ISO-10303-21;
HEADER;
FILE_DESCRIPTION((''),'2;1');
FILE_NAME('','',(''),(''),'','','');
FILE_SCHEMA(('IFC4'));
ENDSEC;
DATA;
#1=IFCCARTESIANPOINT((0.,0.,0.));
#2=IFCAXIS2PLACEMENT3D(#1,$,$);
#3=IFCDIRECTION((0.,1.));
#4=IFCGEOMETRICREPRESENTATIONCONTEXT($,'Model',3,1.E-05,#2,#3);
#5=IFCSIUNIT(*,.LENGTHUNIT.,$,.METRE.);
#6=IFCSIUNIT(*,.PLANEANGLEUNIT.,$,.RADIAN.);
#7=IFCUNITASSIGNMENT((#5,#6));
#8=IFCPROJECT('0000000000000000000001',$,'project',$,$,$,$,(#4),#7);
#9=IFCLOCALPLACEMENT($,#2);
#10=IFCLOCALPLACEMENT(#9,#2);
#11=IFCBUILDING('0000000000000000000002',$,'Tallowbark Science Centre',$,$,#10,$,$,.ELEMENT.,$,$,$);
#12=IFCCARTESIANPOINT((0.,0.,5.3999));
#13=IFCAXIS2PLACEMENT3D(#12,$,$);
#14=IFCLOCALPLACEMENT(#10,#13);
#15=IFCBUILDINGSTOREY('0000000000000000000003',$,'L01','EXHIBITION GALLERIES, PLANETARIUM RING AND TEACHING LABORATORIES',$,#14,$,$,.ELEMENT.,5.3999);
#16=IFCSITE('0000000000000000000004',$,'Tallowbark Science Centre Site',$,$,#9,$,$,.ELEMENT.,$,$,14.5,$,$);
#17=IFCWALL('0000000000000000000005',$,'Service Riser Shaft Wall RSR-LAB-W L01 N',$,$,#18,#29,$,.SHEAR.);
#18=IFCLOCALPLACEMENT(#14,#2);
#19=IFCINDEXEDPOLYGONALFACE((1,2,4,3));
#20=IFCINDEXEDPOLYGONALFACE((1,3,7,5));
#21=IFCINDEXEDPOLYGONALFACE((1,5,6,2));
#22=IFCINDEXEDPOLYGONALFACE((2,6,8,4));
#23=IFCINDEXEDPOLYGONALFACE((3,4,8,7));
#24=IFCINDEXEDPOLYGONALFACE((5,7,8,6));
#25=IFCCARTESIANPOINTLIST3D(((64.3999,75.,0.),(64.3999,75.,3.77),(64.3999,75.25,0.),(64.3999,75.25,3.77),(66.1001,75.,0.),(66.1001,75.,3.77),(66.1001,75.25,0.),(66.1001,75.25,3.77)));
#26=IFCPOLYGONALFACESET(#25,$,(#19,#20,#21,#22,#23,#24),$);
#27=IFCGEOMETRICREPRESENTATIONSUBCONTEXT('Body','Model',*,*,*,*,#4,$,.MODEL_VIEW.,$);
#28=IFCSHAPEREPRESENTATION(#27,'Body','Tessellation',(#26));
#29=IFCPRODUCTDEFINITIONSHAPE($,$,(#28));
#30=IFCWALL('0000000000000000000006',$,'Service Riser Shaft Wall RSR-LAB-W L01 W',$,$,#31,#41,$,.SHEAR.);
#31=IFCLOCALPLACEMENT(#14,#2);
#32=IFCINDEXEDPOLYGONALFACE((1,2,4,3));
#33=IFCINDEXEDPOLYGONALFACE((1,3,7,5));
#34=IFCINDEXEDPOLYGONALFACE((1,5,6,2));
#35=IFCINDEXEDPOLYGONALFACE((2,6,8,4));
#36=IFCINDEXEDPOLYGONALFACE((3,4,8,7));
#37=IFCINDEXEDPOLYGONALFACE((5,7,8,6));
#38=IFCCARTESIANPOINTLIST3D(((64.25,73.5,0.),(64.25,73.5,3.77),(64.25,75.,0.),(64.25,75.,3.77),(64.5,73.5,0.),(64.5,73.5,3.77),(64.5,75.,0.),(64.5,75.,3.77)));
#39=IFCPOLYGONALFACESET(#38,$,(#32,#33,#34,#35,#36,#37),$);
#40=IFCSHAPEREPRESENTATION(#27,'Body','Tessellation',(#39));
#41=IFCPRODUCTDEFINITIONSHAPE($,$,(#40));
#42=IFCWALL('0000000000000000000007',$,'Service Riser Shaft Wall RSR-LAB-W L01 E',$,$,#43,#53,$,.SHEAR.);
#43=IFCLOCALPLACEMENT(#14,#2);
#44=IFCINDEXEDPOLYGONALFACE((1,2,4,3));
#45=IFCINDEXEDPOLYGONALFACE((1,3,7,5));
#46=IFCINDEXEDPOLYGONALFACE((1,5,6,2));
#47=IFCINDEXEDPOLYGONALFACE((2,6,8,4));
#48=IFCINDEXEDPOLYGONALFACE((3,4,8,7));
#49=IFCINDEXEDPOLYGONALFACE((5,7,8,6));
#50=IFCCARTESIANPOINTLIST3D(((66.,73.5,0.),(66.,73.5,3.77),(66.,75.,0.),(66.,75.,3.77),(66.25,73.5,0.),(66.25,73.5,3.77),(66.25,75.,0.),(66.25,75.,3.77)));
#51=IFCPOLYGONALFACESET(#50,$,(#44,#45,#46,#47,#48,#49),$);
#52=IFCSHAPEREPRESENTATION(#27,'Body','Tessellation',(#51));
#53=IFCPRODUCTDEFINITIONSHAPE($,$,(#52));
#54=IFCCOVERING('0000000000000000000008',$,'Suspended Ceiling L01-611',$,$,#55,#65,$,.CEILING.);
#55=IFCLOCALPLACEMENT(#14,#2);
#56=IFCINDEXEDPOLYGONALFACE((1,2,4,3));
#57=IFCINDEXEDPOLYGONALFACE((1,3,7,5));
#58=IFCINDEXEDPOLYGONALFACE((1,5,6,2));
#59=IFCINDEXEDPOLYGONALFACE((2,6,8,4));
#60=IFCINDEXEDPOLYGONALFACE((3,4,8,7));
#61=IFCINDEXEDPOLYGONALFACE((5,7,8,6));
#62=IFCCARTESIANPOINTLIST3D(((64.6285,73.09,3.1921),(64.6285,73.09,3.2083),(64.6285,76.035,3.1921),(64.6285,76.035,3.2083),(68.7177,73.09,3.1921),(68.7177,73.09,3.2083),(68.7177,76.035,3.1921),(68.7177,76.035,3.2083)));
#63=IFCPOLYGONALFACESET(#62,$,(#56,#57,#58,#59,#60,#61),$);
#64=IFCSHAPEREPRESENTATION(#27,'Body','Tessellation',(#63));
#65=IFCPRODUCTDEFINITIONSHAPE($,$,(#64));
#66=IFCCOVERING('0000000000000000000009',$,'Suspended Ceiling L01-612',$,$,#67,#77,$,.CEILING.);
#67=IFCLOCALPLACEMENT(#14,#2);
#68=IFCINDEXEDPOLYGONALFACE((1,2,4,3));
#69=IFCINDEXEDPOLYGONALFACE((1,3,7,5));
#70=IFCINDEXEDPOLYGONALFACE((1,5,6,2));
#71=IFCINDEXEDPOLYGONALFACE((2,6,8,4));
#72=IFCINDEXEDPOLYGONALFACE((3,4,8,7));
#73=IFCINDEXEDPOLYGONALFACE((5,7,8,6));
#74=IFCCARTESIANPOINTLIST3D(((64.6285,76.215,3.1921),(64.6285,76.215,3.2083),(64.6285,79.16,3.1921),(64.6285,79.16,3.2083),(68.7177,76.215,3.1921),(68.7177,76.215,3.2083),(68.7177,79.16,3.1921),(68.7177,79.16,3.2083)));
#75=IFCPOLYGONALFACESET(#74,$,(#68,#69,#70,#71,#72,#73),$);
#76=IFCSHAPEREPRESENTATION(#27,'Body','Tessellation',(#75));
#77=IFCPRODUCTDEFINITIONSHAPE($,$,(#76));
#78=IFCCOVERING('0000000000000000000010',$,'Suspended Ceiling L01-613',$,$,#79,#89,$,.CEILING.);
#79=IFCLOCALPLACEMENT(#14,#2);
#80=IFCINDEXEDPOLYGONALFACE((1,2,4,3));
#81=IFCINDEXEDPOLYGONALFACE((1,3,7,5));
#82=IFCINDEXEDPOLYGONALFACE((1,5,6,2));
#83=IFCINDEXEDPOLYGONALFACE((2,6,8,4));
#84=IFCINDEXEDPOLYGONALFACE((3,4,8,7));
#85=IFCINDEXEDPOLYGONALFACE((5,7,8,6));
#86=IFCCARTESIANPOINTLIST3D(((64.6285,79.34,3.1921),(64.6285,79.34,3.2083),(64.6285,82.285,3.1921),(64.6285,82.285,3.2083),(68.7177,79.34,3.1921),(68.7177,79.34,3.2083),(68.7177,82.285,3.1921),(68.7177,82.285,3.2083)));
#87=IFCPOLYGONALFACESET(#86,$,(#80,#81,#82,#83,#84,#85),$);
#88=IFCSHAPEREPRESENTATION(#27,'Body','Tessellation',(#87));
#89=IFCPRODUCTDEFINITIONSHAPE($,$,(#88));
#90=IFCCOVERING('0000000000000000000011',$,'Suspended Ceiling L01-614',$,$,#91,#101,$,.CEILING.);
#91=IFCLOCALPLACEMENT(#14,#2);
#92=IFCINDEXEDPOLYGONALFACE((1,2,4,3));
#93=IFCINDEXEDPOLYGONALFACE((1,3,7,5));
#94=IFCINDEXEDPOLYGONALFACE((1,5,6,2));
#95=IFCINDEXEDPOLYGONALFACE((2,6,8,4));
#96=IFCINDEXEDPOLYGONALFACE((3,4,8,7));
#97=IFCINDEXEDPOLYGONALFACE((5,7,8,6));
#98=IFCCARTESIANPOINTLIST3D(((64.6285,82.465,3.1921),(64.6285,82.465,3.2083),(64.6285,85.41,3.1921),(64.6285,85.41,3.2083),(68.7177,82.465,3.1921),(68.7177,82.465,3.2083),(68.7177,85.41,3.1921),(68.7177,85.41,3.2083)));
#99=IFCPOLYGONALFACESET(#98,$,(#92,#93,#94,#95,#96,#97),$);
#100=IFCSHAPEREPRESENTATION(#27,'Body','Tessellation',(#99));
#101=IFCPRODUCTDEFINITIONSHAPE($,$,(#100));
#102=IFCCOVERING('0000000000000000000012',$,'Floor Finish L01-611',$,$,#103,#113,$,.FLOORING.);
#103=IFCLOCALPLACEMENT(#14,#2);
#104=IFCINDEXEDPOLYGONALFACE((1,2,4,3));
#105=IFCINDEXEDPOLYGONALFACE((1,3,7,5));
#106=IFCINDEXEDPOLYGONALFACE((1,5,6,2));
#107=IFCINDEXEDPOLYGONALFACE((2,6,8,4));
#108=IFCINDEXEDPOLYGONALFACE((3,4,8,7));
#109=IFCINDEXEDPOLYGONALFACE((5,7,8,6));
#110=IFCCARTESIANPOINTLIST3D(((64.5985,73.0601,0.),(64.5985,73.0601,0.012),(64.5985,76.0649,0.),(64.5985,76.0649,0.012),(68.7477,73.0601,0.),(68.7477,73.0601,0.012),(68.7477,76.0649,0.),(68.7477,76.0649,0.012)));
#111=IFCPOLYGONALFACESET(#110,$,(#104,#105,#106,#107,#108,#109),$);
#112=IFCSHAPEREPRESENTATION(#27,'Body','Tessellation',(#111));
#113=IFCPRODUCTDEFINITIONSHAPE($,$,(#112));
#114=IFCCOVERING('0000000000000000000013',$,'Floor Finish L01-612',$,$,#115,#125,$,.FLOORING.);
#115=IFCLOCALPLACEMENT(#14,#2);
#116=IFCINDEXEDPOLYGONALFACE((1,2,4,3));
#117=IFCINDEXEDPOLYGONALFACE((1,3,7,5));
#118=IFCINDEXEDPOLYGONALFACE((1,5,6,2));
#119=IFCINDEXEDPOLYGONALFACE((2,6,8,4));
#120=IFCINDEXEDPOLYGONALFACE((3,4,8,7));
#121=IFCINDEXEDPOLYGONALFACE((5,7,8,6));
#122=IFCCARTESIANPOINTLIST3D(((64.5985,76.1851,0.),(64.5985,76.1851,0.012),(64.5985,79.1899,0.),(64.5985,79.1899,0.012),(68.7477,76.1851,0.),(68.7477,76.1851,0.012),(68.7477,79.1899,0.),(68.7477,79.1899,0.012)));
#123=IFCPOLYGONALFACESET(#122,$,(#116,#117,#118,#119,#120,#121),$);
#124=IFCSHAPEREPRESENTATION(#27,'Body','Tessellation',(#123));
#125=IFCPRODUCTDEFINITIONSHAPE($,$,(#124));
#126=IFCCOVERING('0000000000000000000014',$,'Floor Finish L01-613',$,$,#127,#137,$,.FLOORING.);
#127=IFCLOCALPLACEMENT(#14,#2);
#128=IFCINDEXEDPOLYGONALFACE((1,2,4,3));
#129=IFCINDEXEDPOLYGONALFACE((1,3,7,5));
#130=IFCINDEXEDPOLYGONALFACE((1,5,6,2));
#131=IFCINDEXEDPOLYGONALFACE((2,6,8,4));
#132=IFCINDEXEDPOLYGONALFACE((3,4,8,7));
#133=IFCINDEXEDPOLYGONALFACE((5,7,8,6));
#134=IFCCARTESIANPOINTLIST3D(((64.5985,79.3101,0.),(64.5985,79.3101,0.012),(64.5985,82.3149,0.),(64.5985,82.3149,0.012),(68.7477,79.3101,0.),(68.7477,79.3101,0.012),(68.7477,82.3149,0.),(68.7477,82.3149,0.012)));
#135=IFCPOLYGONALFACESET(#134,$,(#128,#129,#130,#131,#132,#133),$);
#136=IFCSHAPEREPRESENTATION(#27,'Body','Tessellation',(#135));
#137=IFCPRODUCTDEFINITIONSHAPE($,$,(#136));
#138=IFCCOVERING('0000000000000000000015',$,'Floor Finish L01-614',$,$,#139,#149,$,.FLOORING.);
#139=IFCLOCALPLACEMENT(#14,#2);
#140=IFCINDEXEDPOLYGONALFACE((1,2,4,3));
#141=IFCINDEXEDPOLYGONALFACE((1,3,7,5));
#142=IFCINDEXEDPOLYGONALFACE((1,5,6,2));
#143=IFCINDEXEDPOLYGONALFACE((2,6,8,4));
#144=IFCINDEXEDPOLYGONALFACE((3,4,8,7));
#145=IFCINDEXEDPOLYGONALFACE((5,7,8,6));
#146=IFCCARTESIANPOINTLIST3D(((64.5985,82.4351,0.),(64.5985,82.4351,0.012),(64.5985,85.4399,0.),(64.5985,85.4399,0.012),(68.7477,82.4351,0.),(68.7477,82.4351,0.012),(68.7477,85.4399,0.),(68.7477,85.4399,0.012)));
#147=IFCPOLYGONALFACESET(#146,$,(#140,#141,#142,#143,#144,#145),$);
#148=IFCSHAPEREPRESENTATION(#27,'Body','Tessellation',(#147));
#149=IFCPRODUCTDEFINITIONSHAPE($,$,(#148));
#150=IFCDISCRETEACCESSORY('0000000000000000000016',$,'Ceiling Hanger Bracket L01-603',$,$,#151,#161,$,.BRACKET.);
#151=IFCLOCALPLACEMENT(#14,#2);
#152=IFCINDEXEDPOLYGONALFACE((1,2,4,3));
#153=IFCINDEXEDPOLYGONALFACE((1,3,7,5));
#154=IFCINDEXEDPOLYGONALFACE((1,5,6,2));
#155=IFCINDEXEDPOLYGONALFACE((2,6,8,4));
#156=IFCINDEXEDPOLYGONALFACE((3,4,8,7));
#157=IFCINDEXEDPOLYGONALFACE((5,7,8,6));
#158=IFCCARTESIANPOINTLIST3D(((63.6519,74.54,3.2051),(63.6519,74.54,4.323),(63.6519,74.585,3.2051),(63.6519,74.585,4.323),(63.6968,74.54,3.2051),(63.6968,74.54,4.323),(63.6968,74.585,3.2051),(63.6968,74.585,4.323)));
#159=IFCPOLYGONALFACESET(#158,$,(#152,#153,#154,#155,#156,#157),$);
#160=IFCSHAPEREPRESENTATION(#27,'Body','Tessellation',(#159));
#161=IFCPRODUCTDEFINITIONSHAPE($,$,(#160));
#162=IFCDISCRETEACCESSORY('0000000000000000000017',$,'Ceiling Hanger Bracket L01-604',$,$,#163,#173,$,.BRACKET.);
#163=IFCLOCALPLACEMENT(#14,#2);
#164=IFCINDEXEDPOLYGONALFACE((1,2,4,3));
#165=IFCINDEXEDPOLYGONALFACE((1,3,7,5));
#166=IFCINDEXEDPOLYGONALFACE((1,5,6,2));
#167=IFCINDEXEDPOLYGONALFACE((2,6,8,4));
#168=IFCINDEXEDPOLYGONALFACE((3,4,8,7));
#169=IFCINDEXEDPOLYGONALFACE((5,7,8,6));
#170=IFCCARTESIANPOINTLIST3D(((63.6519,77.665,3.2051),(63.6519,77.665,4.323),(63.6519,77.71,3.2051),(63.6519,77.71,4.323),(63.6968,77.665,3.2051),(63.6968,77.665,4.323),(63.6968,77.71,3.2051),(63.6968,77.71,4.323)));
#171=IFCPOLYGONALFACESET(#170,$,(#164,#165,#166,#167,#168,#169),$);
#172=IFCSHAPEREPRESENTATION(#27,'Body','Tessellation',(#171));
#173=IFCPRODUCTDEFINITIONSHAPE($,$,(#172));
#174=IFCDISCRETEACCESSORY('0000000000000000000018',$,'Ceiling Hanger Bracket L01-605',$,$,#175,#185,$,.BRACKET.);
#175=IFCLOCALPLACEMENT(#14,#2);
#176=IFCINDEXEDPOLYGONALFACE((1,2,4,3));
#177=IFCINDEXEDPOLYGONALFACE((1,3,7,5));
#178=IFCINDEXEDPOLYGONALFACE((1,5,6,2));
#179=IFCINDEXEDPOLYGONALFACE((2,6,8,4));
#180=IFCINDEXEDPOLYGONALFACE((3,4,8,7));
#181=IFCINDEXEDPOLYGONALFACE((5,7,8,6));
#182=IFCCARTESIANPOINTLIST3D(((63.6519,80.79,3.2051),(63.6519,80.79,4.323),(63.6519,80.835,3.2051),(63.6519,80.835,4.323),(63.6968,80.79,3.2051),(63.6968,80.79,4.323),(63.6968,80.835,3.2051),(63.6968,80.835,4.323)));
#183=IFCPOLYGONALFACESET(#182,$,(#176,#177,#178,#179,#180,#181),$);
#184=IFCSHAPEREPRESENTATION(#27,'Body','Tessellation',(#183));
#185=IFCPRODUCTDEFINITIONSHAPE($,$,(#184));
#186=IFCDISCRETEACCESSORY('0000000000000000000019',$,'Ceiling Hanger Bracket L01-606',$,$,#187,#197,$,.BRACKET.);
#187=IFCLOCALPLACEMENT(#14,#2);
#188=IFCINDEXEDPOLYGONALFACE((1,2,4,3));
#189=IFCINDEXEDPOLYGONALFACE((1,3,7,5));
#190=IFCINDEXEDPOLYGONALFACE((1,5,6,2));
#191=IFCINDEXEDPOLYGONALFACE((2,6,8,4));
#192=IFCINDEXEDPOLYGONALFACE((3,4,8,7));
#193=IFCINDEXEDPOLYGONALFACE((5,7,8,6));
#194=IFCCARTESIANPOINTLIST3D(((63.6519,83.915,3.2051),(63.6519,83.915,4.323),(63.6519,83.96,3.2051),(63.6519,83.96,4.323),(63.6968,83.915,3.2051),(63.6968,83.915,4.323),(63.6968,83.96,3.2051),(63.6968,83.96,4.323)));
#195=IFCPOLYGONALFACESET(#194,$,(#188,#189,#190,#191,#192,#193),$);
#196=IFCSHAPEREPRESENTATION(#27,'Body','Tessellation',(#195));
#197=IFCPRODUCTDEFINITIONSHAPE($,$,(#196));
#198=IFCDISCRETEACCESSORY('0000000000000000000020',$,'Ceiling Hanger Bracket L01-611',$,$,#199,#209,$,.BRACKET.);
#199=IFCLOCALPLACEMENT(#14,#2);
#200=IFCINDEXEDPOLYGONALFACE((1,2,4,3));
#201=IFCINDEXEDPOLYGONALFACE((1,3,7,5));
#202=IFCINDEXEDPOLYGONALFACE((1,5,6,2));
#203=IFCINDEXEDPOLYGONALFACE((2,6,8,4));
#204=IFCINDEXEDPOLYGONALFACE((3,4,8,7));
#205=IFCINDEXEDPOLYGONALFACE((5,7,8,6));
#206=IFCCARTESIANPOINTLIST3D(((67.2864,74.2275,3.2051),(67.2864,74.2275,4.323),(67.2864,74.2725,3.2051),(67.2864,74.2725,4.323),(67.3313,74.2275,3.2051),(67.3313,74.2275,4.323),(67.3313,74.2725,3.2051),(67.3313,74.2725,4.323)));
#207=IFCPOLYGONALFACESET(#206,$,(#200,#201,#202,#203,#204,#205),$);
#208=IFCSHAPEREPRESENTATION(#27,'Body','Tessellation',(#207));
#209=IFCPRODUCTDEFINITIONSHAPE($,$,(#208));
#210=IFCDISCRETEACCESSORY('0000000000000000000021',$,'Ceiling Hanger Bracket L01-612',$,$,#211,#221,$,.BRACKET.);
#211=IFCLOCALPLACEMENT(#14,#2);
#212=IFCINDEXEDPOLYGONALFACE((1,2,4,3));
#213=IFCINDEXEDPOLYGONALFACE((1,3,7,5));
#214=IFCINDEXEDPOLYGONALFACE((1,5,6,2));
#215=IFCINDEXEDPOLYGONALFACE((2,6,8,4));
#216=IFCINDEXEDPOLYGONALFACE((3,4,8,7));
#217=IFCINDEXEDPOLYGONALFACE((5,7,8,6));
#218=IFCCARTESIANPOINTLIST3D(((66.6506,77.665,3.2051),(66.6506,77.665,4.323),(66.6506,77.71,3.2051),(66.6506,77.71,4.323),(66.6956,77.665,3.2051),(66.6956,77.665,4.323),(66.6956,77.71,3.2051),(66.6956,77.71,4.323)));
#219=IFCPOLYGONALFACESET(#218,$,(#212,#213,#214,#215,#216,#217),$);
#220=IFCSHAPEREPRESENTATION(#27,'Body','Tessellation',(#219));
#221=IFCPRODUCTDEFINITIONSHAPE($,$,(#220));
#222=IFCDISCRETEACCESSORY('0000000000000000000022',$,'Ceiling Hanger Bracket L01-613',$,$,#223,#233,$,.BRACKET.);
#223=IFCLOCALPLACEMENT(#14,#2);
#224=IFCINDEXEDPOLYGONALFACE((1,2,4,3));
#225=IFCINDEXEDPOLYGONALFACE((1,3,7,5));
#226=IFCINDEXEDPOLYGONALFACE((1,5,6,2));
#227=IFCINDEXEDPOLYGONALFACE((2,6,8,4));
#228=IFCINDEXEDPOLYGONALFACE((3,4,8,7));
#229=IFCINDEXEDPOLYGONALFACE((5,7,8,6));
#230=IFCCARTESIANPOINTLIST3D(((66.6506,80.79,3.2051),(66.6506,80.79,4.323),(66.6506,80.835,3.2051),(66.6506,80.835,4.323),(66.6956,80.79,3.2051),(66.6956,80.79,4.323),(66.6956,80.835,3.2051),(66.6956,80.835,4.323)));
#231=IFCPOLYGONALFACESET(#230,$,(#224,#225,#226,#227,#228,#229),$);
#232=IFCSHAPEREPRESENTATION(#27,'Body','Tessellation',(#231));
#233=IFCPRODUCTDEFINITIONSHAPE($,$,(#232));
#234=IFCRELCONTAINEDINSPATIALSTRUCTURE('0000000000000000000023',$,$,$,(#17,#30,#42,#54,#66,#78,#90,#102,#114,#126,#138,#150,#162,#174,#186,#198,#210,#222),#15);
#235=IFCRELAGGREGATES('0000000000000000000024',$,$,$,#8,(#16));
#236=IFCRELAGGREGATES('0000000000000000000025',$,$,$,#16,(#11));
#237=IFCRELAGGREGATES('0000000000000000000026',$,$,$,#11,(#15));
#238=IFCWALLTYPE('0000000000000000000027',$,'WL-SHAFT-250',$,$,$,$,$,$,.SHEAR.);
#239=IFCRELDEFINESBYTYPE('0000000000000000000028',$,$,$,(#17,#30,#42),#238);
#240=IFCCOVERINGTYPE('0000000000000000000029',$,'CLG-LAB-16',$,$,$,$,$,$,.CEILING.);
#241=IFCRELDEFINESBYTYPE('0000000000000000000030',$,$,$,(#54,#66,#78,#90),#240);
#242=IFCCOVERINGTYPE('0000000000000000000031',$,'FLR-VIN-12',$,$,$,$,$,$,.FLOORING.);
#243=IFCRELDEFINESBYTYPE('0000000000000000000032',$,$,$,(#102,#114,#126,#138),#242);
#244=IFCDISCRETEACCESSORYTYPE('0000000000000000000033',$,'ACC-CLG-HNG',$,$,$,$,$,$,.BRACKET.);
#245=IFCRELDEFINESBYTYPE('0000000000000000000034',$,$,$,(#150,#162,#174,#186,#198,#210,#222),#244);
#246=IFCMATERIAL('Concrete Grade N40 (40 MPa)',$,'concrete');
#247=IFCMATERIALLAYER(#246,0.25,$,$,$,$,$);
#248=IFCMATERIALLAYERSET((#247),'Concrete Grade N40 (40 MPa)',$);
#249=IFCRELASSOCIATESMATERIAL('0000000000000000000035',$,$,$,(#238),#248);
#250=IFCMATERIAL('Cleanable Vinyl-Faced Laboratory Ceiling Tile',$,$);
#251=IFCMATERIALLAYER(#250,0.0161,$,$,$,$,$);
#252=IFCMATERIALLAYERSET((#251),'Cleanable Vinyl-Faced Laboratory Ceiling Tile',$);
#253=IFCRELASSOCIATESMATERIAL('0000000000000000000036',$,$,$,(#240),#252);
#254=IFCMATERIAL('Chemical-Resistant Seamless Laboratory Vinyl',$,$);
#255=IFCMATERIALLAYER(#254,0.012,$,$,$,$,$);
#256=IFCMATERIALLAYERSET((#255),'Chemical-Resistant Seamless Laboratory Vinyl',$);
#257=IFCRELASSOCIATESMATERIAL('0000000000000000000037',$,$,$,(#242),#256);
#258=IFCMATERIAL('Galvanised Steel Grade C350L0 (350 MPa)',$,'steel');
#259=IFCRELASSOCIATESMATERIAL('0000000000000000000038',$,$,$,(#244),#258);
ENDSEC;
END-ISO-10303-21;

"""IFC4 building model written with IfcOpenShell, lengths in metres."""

from ifc_helpers import new_model, si_unit, direction, frame, frame_2d, origin, origin_2d, place, context, subcontext, project, spatial, rectangle, extrude, material, layer, layer_set, type_object, element, save


model = new_model("IFC4")

# Units and contexts
model_context = context("Model", 3, precision=1e-05, world=origin(), true_north=direction((0.0, 1.0)))
body_context = subcontext(model_context, "Body", "Model", "MODEL_VIEW")
ifc_project = project(units=[si_unit("LENGTHUNIT", "METRE"), si_unit("PLANEANGLEUNIT", "RADIAN")], contexts=[model_context])

# Site, building, storey
site_placement = place(None, origin())
site = spatial("IfcSite", under=ifc_project, at=site_placement, Name="Tallowbark Science Centre Site", CompositionType="ELEMENT", RefElevation=14.5)
building_placement = place(site_placement, origin())
building = spatial("IfcBuilding", under=site, at=building_placement, Name="Tallowbark Science Centre", CompositionType="ELEMENT")
storey_placement = place(building_placement, frame((0.0, 0.0, 5.3999)))
storey = spatial("IfcBuildingStorey", under=building, at=storey_placement, Name="L01", Description="EXHIBITION GALLERIES, PLANETARIUM RING AND TEACHING LABORATORIES", CompositionType="ELEMENT", Elevation=5.3999)

# Walls
ifc_material_1 = material(Name="Concrete Grade N40 (40 MPa)", Category="concrete")
ifc_layer_1 = layer(ifc_material_1, 0.25)
ifc_layer_set_1 = layer_set([ifc_layer_1], Name="Concrete Grade N40 (40 MPa)")
wall_type = type_object("IfcWallType", Name="WL-SHAFT-250", PredefinedType="SHEAR", material=ifc_layer_set_1)
for number, where, z_axis, x_axis, name in (
    (1, (64.3999, 75.125, 0.0), (0.0, 0.0, 1.0), (1.0, 0.0, 0.0), "Service Riser Shaft Wall RSR-LAB-W L01 N"),
):
    element("IfcWall", number, at=place(storey_placement, frame(where, z_axis=z_axis, x_axis=x_axis)), inside=storey, type_object=wall_type, Name=name, PredefinedType="SHEAR", context=body_context, shape_type="SweptSolid", body=[
        extrude(rectangle(XDim=1.7002, YDim=0.25, at=frame_2d((0.8501, 0.0))), origin(), (0.0, 0.0, 1.0), 3.77),
    ])
for number, where, z_axis, x_axis, name in (
    (2, (64.375, 73.5, 0.0), (0.0, 0.0, 1.0), (0.0, 1.0, 0.0), "Service Riser Shaft Wall RSR-LAB-W L01 W"),
    (3, (66.125, 73.5, 0.0), (0.0, 0.0, 1.0), (0.0, 1.0, 0.0), "Service Riser Shaft Wall RSR-LAB-W L01 E"),
):
    element("IfcWall", number, at=place(storey_placement, frame(where, z_axis=z_axis, x_axis=x_axis)), inside=storey, type_object=wall_type, Name=name, PredefinedType="SHEAR", context=body_context, shape_type="SweptSolid", body=[
        extrude(rectangle(XDim=1.5, YDim=0.25, at=frame_2d((0.75, 0.0))), origin(), (0.0, 0.0, 1.0), 3.77),
    ])

# Coverings
ifc_material_2 = material(Name="Cleanable Vinyl-Faced Laboratory Ceiling Tile")
ifc_layer_2 = layer(ifc_material_2, 0.0161)
ifc_layer_set_2 = layer_set([ifc_layer_2], Name="Cleanable Vinyl-Faced Laboratory Ceiling Tile")
covering_type_1 = type_object("IfcCoveringType", Name="CLG-LAB-16", PredefinedType="CEILING", material=ifc_layer_set_2)
for number, where, z_axis, x_axis, name in (
    (4, (66.6731, 74.5625, 3.1921), (0.0, 0.0, 1.0), (1.0, 0.0, 0.0), "Suspended Ceiling L01-611"),
    (5, (66.6731, 77.6875, 3.1921), (0.0, 0.0, 1.0), (1.0, 0.0, 0.0), "Suspended Ceiling L01-612"),
    (6, (66.6731, 80.8125, 3.1921), (0.0, 0.0, 1.0), (1.0, 0.0, 0.0), "Suspended Ceiling L01-613"),
    (7, (66.6731, 83.9375, 3.1921), (0.0, 0.0, 1.0), (1.0, 0.0, 0.0), "Suspended Ceiling L01-614"),
):
    element("IfcCovering", number, at=place(storey_placement, frame(where, z_axis=z_axis, x_axis=x_axis)), inside=storey, type_object=covering_type_1, Name=name, PredefinedType="CEILING", context=body_context, shape_type="SweptSolid", body=[
        extrude(rectangle(XDim=4.0891, YDim=2.9451, at=origin_2d()), origin(), (0.0, 0.0, 1.0), 0.0161),
    ])
ifc_material_3 = material(Name="Chemical-Resistant Seamless Laboratory Vinyl")
ifc_layer_3 = layer(ifc_material_3, 0.012)
ifc_layer_set_3 = layer_set([ifc_layer_3], Name="Chemical-Resistant Seamless Laboratory Vinyl")
covering_type_2 = type_object("IfcCoveringType", Name="FLR-VIN-12", PredefinedType="FLOORING", material=ifc_layer_set_3)
for number, where, z_axis, x_axis, name in (
    (8, (66.6731, 74.5625, 0.0), (0.0, 0.0, 1.0), (1.0, 0.0, 0.0), "Floor Finish L01-611"),
    (9, (66.6731, 77.6875, 0.0), (0.0, 0.0, 1.0), (1.0, 0.0, 0.0), "Floor Finish L01-612"),
    (10, (66.6731, 80.8125, 0.0), (0.0, 0.0, 1.0), (1.0, 0.0, 0.0), "Floor Finish L01-613"),
    (11, (66.6731, 83.9375, 0.0), (0.0, 0.0, 1.0), (1.0, 0.0, 0.0), "Floor Finish L01-614"),
):
    element("IfcCovering", number, at=place(storey_placement, frame(where, z_axis=z_axis, x_axis=x_axis)), inside=storey, type_object=covering_type_2, Name=name, PredefinedType="FLOORING", context=body_context, shape_type="SweptSolid", body=[
        extrude(rectangle(XDim=4.1492, YDim=3.0049, at=origin_2d()), origin(), (0.0, 0.0, 1.0), 0.012),
    ])

# Discrete accessories
ifc_material_4 = material(Name="Galvanised Steel Grade C350L0 (350 MPa)", Category="steel")
discrete_accessory_type = type_object("IfcDiscreteAccessoryType", Name="ACC-CLG-HNG", PredefinedType="BRACKET", material=ifc_material_4)
for number, where, z_axis, x_axis, name in (
    (12, (63.6743, 74.5625, 3.2051), (0.0, 0.0, 1.0), (1.0, 0.0, 0.0), "Ceiling Hanger Bracket L01-603"),
    (13, (63.6743, 77.6875, 3.2051), (0.0, 0.0, 1.0), (1.0, 0.0, 0.0), "Ceiling Hanger Bracket L01-604"),
    (14, (63.6743, 80.8125, 3.2051), (0.0, 0.0, 1.0), (1.0, 0.0, 0.0), "Ceiling Hanger Bracket L01-605"),
    (15, (63.6743, 83.9375, 3.2051), (0.0, 0.0, 1.0), (1.0, 0.0, 0.0), "Ceiling Hanger Bracket L01-606"),
    (16, (67.3088, 74.25, 3.2051), (0.0, 0.0, 1.0), (1.0, 0.0, 0.0), "Ceiling Hanger Bracket L01-611"),
    (17, (66.6731, 77.6875, 3.2051), (0.0, 0.0, 1.0), (1.0, 0.0, 0.0), "Ceiling Hanger Bracket L01-612"),
    (18, (66.6731, 80.8125, 3.2051), (0.0, 0.0, 1.0), (1.0, 0.0, 0.0), "Ceiling Hanger Bracket L01-613"),
):
    element("IfcDiscreteAccessory", number, at=place(storey_placement, frame(where, z_axis=z_axis, x_axis=x_axis)), inside=storey, type_object=discrete_accessory_type, Name=name, PredefinedType="BRACKET", context=body_context, shape_type="SweptSolid", body=[
        extrude(rectangle(XDim=0.0449, YDim=0.0449, at=origin_2d()), origin(), (0.0, 0.0, 1.0), 1.1179),
    ])

save(model, "model.ifc")
